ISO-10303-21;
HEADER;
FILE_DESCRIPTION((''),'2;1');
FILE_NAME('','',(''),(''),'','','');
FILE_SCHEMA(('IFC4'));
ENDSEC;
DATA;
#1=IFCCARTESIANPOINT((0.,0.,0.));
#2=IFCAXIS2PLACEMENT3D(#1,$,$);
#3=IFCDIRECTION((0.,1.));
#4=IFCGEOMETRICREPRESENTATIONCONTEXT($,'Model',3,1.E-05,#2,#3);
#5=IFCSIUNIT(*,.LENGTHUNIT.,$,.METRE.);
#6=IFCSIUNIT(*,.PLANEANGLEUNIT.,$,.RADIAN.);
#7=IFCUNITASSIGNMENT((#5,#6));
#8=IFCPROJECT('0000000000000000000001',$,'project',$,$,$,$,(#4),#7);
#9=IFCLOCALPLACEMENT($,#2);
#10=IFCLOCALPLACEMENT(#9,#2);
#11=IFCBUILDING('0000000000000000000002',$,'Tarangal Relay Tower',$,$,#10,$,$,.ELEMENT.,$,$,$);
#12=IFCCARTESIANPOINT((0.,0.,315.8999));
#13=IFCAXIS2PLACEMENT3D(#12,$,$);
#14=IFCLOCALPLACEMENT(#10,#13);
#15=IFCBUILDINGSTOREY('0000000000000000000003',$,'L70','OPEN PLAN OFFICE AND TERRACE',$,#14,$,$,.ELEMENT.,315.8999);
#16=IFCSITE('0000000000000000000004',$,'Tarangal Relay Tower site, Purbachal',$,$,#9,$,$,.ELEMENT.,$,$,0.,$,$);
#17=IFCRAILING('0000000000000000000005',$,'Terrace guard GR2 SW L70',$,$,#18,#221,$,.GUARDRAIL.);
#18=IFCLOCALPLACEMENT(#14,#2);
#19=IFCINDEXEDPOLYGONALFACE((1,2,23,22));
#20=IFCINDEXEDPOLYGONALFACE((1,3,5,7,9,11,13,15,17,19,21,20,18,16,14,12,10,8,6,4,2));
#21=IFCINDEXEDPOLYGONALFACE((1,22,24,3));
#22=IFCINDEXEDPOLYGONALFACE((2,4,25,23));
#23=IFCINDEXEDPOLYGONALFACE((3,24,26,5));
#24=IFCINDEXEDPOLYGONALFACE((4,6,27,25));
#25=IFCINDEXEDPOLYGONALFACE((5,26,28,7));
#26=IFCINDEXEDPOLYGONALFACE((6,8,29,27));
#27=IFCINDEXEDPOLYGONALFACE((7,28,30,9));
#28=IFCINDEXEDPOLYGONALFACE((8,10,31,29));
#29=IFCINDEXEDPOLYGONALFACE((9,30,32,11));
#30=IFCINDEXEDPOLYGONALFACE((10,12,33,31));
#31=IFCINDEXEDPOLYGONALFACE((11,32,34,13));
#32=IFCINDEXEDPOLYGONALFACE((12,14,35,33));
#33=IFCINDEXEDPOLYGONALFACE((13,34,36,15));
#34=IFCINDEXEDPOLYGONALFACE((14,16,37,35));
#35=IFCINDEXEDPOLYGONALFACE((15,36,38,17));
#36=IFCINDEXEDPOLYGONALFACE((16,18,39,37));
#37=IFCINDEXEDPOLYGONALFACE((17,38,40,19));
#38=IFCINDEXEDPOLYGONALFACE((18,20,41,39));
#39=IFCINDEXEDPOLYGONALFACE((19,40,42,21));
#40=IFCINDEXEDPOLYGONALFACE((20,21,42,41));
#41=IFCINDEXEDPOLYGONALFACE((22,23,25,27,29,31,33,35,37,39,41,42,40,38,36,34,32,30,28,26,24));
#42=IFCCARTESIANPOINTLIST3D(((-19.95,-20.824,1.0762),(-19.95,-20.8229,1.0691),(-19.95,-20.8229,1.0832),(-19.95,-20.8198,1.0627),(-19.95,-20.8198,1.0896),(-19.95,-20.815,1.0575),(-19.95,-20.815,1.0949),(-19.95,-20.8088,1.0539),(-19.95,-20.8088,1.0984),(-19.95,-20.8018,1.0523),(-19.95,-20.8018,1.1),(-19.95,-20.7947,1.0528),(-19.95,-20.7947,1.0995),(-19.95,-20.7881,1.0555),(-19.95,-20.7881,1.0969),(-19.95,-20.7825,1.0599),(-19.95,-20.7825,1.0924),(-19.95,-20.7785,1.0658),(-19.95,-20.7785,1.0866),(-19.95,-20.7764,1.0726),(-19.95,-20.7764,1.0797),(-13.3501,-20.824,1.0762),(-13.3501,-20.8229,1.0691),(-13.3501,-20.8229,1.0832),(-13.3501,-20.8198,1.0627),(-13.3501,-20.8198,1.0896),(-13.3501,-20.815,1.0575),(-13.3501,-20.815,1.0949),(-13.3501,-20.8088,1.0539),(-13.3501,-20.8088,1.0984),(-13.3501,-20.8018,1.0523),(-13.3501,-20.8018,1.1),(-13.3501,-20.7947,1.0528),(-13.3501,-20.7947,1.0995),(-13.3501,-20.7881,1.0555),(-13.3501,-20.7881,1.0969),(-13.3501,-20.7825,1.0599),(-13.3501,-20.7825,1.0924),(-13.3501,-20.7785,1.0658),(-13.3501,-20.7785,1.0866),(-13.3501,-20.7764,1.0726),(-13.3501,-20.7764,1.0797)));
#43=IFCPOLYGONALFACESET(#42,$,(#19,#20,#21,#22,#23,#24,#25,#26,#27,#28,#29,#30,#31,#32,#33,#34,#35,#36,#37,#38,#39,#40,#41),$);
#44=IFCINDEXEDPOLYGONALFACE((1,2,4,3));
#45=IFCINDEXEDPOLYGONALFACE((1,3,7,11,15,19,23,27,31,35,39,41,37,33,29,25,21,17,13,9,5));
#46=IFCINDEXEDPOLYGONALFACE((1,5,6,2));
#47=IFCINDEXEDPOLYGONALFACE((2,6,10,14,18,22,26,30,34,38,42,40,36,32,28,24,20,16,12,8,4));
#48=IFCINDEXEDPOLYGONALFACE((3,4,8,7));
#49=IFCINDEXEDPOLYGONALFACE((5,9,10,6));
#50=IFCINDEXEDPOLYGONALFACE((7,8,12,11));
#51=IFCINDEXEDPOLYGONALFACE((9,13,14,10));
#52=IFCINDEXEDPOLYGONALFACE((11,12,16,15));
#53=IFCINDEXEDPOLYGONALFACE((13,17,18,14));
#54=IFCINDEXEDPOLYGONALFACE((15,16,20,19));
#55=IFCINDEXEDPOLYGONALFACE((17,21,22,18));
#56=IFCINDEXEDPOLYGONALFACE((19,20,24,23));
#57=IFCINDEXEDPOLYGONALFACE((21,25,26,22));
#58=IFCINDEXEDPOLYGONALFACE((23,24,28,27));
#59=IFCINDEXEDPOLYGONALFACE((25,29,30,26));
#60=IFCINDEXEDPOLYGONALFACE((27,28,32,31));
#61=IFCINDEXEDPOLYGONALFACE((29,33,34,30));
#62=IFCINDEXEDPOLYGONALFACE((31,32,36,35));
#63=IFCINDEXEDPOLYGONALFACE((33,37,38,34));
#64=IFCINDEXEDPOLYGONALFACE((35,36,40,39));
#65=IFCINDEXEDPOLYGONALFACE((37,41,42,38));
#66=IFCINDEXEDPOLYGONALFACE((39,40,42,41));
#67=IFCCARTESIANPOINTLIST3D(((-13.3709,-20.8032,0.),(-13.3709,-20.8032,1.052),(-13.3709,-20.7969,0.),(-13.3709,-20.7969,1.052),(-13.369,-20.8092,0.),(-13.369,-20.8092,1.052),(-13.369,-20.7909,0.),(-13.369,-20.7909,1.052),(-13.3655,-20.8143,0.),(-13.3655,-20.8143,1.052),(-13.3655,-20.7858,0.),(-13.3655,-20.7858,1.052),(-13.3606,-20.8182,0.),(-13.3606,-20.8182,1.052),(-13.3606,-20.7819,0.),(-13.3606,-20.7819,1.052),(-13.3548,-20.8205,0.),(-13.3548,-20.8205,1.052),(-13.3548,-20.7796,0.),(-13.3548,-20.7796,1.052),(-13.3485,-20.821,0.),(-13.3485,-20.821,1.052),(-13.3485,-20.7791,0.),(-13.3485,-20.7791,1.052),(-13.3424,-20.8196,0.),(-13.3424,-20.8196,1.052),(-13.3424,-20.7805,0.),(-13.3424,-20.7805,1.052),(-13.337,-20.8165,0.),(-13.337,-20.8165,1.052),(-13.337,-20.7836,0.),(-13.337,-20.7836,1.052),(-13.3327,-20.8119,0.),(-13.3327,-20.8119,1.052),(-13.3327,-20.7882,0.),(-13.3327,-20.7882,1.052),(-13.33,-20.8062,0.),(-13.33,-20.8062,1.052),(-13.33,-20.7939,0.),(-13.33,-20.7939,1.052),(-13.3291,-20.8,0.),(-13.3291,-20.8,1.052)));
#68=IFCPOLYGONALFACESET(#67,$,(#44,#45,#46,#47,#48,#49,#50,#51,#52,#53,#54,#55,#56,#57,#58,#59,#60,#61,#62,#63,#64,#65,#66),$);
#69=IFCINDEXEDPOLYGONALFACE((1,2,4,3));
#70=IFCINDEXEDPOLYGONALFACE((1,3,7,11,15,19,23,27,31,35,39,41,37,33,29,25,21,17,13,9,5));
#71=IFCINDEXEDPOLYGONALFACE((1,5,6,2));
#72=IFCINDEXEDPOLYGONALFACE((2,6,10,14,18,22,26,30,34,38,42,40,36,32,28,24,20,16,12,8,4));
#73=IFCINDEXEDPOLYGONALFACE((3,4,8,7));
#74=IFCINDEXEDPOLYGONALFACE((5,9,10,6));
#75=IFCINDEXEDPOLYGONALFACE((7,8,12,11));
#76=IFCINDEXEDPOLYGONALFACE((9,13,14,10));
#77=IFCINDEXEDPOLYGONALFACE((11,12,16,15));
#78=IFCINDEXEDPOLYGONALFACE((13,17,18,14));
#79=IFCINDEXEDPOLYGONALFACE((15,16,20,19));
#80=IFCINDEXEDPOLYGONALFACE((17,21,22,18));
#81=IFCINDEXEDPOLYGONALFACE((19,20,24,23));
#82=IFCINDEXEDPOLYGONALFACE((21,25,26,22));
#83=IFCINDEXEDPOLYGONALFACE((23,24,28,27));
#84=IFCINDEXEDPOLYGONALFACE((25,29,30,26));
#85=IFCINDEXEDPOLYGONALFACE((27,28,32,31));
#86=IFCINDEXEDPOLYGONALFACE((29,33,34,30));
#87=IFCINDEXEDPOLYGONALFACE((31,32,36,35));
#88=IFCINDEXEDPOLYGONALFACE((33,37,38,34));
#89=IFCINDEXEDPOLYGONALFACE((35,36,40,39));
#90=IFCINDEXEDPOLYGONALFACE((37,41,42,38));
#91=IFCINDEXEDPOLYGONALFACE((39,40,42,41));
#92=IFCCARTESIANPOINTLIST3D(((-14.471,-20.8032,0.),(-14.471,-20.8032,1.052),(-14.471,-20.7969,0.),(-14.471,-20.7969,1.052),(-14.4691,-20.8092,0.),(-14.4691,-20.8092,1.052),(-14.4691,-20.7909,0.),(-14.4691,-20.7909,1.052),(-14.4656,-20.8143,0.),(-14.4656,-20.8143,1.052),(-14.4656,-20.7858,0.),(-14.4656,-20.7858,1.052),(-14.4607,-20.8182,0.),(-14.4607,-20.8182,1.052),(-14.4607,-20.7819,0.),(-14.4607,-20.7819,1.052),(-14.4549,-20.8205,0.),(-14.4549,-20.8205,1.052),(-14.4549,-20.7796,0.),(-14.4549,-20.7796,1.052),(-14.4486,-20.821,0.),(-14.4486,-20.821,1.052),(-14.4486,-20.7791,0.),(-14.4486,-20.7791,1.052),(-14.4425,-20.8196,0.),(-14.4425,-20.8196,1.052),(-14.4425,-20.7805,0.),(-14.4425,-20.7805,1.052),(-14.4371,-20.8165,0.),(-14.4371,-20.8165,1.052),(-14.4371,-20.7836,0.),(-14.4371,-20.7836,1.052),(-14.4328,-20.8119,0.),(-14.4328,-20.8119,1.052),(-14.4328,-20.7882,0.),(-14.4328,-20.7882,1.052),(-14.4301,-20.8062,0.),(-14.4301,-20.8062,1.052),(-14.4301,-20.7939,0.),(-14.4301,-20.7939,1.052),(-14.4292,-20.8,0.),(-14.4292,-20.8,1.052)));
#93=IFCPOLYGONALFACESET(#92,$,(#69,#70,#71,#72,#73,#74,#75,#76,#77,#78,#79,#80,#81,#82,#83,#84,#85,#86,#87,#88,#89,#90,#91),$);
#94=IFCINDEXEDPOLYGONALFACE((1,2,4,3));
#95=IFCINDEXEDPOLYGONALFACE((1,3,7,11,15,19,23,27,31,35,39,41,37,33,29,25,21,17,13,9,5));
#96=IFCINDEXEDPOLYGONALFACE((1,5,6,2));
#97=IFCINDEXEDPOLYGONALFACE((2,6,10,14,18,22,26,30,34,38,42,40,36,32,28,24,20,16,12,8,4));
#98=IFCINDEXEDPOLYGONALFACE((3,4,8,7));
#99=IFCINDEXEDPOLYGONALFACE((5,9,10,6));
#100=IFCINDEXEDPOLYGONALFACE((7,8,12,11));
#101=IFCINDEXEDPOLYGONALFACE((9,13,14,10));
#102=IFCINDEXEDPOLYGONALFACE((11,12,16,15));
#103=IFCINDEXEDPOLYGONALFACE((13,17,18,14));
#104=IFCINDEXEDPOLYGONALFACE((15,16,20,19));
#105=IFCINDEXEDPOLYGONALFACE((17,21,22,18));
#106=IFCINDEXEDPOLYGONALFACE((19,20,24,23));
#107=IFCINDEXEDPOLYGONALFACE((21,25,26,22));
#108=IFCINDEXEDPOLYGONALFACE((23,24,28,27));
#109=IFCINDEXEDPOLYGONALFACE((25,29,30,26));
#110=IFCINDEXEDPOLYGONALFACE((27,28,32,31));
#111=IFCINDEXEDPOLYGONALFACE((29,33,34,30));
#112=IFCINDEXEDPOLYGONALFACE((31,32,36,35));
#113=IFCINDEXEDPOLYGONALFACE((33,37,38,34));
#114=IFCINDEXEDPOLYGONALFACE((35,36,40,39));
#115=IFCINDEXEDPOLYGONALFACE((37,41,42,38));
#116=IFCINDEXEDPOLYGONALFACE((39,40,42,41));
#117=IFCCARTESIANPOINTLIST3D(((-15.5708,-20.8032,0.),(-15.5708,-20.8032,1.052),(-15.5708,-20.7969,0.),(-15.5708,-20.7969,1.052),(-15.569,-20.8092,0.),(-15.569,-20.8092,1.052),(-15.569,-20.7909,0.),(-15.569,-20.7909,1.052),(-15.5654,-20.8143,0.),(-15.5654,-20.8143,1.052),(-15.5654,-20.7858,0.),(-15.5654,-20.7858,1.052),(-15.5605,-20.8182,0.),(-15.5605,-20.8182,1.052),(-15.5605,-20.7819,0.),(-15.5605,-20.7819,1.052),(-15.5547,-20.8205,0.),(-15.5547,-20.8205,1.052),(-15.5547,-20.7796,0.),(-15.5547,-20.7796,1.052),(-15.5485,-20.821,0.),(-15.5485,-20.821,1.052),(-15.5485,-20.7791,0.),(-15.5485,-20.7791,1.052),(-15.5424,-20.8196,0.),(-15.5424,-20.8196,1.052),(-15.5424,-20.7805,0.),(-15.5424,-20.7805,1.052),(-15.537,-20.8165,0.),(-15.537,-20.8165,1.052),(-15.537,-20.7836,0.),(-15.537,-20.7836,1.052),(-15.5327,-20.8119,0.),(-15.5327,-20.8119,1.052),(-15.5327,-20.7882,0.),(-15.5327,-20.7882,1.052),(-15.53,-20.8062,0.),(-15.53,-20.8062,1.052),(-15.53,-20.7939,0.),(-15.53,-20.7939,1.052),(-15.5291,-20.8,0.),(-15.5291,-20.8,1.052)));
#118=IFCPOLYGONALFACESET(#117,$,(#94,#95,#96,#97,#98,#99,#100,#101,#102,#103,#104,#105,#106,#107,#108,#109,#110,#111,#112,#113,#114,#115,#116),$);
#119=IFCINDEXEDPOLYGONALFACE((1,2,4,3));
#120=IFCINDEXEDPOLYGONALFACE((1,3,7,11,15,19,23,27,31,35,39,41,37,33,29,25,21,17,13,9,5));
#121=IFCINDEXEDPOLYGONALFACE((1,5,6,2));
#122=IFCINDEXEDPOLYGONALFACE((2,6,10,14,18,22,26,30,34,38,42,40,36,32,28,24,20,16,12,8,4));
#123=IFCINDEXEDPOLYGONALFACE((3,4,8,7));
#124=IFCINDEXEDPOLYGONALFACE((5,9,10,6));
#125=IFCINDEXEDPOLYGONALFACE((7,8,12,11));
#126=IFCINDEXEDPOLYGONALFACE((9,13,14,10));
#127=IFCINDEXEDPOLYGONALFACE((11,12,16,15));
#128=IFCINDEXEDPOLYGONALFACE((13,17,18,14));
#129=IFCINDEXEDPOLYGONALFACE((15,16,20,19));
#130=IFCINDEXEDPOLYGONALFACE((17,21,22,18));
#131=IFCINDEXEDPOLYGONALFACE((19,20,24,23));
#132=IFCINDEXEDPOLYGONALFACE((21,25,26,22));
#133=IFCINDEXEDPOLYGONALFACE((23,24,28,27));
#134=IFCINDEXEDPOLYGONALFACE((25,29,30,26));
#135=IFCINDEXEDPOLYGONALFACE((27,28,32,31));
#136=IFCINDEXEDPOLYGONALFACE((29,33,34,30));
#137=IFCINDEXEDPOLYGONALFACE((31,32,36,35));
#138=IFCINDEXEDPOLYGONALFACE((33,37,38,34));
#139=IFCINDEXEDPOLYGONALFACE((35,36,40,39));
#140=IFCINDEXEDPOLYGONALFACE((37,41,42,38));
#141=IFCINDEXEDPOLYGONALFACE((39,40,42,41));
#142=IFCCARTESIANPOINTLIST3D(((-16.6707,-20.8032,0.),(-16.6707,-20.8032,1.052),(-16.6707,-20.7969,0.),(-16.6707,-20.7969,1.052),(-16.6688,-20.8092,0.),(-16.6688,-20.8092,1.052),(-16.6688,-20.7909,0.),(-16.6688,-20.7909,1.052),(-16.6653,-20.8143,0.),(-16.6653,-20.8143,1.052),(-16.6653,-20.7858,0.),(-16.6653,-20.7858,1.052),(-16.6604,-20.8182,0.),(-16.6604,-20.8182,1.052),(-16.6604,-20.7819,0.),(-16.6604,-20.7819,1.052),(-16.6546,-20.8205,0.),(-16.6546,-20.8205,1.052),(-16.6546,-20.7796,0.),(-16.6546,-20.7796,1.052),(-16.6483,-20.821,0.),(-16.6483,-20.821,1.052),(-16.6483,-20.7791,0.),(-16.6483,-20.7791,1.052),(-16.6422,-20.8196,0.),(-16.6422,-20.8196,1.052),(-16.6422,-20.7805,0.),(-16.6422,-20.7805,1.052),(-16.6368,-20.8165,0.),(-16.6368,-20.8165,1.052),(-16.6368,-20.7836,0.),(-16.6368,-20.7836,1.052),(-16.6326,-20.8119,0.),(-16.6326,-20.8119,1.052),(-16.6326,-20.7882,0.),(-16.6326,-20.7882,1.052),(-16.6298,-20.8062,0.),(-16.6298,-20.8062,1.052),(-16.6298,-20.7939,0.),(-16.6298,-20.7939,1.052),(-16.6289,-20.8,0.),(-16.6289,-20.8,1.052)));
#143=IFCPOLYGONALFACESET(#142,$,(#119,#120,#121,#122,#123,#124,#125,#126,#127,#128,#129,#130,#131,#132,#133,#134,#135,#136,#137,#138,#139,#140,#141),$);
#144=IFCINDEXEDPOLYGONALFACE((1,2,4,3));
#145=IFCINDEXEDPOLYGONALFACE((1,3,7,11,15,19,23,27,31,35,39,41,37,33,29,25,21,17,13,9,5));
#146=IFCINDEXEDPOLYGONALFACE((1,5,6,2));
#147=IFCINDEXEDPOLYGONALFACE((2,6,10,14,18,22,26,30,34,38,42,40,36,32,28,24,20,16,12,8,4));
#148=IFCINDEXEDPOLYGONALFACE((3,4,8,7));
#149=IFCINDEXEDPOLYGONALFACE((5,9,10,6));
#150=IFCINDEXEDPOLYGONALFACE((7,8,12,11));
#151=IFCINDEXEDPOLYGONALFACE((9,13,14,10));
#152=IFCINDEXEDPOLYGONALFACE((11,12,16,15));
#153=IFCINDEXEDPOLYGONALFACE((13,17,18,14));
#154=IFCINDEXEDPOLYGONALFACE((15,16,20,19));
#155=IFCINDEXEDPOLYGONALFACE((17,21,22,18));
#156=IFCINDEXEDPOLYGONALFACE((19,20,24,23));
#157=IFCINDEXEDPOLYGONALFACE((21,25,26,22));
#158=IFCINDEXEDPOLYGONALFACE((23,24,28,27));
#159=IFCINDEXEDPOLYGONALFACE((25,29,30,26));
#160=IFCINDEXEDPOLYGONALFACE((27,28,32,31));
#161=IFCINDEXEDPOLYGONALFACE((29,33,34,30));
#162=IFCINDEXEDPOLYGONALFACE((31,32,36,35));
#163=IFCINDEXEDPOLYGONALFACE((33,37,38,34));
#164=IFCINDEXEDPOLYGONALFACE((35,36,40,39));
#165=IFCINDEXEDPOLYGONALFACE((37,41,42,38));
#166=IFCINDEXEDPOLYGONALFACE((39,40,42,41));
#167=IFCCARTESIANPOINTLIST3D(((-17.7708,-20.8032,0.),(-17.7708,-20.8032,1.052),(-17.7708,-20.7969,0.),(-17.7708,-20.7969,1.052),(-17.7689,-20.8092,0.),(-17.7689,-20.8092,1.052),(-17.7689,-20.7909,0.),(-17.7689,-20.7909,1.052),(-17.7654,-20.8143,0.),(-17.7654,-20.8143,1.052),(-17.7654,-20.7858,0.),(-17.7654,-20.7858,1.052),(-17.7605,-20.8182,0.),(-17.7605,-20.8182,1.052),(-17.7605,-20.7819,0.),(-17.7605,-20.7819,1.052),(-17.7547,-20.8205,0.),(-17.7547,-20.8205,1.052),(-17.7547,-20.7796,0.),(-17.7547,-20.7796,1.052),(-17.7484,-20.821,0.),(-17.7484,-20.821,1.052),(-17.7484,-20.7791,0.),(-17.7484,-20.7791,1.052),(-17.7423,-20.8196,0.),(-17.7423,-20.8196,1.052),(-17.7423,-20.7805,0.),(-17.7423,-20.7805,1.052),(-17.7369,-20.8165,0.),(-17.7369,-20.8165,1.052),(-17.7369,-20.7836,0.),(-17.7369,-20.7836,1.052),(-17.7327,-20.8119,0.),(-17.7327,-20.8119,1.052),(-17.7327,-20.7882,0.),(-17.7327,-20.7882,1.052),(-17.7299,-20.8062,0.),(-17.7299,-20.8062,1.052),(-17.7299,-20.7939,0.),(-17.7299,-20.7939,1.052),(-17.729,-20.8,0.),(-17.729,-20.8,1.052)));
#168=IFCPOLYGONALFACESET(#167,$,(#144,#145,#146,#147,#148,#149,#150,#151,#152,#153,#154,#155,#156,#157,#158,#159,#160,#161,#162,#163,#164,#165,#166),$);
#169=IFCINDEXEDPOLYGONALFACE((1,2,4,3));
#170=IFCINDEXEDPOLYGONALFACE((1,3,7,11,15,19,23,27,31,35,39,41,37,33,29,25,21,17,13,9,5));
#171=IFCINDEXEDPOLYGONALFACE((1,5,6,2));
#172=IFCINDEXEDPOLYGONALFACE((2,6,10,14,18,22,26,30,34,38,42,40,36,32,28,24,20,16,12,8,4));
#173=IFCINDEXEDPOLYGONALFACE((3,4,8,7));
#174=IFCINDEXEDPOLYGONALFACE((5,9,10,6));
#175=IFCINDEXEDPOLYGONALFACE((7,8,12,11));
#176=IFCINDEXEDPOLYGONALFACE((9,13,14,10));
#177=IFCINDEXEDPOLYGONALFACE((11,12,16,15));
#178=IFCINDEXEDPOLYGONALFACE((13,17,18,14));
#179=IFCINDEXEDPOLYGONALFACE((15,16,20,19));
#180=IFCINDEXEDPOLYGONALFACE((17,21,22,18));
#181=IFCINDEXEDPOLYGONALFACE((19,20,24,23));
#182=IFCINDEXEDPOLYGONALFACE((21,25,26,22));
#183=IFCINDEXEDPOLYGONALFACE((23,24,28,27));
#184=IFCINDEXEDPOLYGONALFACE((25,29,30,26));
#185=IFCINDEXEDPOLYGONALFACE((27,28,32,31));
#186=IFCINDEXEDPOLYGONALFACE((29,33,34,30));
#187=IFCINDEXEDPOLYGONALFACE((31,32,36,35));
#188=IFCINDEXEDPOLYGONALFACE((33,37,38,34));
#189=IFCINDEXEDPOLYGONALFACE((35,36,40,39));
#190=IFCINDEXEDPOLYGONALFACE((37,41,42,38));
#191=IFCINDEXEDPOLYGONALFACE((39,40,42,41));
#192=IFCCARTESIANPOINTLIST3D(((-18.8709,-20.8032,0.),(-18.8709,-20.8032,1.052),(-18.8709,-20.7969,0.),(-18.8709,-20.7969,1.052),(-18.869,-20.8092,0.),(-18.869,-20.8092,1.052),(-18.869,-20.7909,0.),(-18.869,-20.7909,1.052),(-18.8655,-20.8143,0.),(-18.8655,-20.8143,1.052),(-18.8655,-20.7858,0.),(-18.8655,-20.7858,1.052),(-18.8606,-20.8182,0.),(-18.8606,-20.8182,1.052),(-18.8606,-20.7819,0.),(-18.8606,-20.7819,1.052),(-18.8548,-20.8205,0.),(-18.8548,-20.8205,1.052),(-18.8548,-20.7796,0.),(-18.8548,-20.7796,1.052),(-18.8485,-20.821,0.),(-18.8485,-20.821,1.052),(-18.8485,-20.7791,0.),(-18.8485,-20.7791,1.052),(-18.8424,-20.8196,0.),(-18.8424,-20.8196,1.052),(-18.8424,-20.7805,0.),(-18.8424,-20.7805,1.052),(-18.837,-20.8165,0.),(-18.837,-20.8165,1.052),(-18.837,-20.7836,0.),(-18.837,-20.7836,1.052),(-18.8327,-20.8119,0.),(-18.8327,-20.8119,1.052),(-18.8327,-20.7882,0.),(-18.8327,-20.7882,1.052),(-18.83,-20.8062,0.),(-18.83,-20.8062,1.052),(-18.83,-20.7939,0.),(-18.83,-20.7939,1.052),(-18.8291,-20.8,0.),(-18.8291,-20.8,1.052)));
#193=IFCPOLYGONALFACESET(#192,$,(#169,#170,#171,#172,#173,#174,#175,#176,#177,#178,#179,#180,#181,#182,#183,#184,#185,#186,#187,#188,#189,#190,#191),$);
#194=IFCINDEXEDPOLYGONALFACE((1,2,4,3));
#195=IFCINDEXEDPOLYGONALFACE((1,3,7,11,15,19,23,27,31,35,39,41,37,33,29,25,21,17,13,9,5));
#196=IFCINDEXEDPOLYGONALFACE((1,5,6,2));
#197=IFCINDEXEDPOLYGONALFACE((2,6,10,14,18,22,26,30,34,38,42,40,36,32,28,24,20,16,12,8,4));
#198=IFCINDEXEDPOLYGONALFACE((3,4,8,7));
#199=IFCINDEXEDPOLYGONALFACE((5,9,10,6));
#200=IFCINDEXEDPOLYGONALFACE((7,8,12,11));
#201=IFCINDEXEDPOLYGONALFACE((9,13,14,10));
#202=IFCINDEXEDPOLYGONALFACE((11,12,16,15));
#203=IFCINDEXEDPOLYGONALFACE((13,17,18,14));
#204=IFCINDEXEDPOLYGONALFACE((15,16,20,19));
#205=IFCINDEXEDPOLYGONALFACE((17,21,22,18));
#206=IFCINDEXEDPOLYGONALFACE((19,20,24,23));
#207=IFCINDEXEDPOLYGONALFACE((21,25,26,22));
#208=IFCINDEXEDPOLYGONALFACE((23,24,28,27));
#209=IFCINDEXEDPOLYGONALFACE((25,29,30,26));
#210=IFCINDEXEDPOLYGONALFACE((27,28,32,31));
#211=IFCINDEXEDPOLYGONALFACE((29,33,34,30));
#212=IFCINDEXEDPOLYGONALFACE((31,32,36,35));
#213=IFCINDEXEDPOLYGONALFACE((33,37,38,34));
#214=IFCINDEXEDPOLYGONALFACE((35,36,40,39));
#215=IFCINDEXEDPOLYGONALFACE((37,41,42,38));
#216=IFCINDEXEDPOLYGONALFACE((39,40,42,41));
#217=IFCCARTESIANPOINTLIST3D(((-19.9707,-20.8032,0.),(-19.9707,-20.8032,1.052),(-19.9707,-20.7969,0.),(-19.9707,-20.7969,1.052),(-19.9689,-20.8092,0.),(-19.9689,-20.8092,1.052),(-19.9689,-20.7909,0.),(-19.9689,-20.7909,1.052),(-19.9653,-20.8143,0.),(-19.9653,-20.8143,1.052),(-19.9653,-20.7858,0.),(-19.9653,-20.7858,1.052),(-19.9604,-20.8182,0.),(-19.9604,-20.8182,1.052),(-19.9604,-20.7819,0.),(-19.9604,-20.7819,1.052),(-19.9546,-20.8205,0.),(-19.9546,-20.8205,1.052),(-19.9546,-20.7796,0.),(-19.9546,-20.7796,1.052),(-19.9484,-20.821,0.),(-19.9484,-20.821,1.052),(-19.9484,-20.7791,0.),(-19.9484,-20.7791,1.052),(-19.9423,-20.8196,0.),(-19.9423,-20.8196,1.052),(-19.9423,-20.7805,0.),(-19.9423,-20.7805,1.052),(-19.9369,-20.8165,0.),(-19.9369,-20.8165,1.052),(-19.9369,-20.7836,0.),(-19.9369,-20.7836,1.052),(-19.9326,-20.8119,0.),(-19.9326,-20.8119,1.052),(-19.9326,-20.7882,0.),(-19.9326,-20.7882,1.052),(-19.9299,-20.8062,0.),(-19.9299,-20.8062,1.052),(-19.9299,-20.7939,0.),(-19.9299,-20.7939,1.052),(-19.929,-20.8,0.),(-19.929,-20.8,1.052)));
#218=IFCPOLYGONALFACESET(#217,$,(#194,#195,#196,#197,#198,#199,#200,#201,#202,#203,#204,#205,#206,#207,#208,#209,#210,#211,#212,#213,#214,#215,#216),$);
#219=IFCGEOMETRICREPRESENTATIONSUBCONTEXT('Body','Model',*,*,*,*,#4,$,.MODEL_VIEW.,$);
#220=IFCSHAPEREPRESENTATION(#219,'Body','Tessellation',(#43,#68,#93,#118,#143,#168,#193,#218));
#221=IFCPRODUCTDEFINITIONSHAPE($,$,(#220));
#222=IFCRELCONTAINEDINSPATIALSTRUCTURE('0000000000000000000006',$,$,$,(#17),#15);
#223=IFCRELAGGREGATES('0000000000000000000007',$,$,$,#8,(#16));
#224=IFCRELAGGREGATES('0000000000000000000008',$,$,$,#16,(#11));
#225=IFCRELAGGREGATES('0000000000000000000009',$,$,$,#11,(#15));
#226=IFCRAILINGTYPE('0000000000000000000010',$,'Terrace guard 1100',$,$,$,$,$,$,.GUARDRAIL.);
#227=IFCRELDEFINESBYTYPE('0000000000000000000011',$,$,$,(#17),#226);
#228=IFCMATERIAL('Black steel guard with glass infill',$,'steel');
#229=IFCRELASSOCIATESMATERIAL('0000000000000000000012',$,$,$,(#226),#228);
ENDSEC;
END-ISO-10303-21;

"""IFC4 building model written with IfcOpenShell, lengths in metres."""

from ifc_helpers import new_model, si_unit, direction, frame, origin, origin_2d, place, context, subcontext, project, spatial, circle, extrude, material, type_object, element, save


model = new_model("IFC4")

# Units and contexts
model_context = context("Model", 3, precision=1e-05, world=origin(), true_north=direction((0.0, 1.0)))
body_context = subcontext(model_context, "Body", "Model", "MODEL_VIEW")
ifc_project = project(units=[si_unit("LENGTHUNIT", "METRE"), si_unit("PLANEANGLEUNIT", "RADIAN")], contexts=[model_context])

# Site, building, storey
site_placement = place(None, origin())
site = spatial("IfcSite", under=ifc_project, at=site_placement, Name="Tarangal Relay Tower site, Purbachal", CompositionType="ELEMENT", RefElevation=0.0)
building_placement = place(site_placement, origin())
building = spatial("IfcBuilding", under=site, at=building_placement, Name="Tarangal Relay Tower", CompositionType="ELEMENT")
storey_placement = place(building_placement, frame((0.0, 0.0, 315.8999)))
storey = spatial("IfcBuildingStorey", under=building, at=storey_placement, Name="L70", Description="OPEN PLAN OFFICE AND TERRACE", CompositionType="ELEMENT", Elevation=315.8999)

# Railing
ifc_material_1 = material(Name="Black steel guard with glass infill", Category="steel")
railing_type = type_object("IfcRailingType", Name="Terrace guard 1100", PredefinedType="GUARDRAIL", material=ifc_material_1)
railing_1_placement = place(storey_placement, frame((-13.3501, -20.8, 0.0)))
element("IfcRailing", 1, at=railing_1_placement, inside=storey, type_object=railing_type, Name="Terrace guard GR2 SW L70", PredefinedType="GUARDRAIL", context=body_context, shape_type="SweptSolid", body=[
    extrude(circle(Radius=0.0239, at=origin_2d()), frame((0.0, 0.0, 1.0762), z_axis=(-1.0, 0.0, 0.0), x_axis=(0.0, -1.0, 0.0)), (0.0, 0.0, 1.0), 6.5999),
    extrude(circle(Radius=0.021, at=origin_2d()), origin(), (0.0, 0.0, 1.0), 1.052),
    extrude(circle(Radius=0.021, at=origin_2d()), frame((-1.1001, 0.0, 0.0)), (0.0, 0.0, 1.0), 1.052),
    extrude(circle(Radius=0.021, at=origin_2d()), frame((-2.2, 0.0, 0.0)), (0.0, 0.0, 1.0), 1.052),
    extrude(circle(Radius=0.021, at=origin_2d()), frame((-3.2998, 0.0, 0.0)), (0.0, 0.0, 1.0), 1.052),
    extrude(circle(Radius=0.021, at=origin_2d()), frame((-4.3999, 0.0, 0.0)), (0.0, 0.0, 1.0), 1.052),
    extrude(circle(Radius=0.021, at=origin_2d()), frame((-5.5, 0.0, 0.0)), (0.0, 0.0, 1.0), 1.052),
    extrude(circle(Radius=0.021, at=origin_2d()), frame((-6.5999, 0.0, 0.0)), (0.0, 0.0, 1.0), 1.052),
])

save(model, "model.ifc")
